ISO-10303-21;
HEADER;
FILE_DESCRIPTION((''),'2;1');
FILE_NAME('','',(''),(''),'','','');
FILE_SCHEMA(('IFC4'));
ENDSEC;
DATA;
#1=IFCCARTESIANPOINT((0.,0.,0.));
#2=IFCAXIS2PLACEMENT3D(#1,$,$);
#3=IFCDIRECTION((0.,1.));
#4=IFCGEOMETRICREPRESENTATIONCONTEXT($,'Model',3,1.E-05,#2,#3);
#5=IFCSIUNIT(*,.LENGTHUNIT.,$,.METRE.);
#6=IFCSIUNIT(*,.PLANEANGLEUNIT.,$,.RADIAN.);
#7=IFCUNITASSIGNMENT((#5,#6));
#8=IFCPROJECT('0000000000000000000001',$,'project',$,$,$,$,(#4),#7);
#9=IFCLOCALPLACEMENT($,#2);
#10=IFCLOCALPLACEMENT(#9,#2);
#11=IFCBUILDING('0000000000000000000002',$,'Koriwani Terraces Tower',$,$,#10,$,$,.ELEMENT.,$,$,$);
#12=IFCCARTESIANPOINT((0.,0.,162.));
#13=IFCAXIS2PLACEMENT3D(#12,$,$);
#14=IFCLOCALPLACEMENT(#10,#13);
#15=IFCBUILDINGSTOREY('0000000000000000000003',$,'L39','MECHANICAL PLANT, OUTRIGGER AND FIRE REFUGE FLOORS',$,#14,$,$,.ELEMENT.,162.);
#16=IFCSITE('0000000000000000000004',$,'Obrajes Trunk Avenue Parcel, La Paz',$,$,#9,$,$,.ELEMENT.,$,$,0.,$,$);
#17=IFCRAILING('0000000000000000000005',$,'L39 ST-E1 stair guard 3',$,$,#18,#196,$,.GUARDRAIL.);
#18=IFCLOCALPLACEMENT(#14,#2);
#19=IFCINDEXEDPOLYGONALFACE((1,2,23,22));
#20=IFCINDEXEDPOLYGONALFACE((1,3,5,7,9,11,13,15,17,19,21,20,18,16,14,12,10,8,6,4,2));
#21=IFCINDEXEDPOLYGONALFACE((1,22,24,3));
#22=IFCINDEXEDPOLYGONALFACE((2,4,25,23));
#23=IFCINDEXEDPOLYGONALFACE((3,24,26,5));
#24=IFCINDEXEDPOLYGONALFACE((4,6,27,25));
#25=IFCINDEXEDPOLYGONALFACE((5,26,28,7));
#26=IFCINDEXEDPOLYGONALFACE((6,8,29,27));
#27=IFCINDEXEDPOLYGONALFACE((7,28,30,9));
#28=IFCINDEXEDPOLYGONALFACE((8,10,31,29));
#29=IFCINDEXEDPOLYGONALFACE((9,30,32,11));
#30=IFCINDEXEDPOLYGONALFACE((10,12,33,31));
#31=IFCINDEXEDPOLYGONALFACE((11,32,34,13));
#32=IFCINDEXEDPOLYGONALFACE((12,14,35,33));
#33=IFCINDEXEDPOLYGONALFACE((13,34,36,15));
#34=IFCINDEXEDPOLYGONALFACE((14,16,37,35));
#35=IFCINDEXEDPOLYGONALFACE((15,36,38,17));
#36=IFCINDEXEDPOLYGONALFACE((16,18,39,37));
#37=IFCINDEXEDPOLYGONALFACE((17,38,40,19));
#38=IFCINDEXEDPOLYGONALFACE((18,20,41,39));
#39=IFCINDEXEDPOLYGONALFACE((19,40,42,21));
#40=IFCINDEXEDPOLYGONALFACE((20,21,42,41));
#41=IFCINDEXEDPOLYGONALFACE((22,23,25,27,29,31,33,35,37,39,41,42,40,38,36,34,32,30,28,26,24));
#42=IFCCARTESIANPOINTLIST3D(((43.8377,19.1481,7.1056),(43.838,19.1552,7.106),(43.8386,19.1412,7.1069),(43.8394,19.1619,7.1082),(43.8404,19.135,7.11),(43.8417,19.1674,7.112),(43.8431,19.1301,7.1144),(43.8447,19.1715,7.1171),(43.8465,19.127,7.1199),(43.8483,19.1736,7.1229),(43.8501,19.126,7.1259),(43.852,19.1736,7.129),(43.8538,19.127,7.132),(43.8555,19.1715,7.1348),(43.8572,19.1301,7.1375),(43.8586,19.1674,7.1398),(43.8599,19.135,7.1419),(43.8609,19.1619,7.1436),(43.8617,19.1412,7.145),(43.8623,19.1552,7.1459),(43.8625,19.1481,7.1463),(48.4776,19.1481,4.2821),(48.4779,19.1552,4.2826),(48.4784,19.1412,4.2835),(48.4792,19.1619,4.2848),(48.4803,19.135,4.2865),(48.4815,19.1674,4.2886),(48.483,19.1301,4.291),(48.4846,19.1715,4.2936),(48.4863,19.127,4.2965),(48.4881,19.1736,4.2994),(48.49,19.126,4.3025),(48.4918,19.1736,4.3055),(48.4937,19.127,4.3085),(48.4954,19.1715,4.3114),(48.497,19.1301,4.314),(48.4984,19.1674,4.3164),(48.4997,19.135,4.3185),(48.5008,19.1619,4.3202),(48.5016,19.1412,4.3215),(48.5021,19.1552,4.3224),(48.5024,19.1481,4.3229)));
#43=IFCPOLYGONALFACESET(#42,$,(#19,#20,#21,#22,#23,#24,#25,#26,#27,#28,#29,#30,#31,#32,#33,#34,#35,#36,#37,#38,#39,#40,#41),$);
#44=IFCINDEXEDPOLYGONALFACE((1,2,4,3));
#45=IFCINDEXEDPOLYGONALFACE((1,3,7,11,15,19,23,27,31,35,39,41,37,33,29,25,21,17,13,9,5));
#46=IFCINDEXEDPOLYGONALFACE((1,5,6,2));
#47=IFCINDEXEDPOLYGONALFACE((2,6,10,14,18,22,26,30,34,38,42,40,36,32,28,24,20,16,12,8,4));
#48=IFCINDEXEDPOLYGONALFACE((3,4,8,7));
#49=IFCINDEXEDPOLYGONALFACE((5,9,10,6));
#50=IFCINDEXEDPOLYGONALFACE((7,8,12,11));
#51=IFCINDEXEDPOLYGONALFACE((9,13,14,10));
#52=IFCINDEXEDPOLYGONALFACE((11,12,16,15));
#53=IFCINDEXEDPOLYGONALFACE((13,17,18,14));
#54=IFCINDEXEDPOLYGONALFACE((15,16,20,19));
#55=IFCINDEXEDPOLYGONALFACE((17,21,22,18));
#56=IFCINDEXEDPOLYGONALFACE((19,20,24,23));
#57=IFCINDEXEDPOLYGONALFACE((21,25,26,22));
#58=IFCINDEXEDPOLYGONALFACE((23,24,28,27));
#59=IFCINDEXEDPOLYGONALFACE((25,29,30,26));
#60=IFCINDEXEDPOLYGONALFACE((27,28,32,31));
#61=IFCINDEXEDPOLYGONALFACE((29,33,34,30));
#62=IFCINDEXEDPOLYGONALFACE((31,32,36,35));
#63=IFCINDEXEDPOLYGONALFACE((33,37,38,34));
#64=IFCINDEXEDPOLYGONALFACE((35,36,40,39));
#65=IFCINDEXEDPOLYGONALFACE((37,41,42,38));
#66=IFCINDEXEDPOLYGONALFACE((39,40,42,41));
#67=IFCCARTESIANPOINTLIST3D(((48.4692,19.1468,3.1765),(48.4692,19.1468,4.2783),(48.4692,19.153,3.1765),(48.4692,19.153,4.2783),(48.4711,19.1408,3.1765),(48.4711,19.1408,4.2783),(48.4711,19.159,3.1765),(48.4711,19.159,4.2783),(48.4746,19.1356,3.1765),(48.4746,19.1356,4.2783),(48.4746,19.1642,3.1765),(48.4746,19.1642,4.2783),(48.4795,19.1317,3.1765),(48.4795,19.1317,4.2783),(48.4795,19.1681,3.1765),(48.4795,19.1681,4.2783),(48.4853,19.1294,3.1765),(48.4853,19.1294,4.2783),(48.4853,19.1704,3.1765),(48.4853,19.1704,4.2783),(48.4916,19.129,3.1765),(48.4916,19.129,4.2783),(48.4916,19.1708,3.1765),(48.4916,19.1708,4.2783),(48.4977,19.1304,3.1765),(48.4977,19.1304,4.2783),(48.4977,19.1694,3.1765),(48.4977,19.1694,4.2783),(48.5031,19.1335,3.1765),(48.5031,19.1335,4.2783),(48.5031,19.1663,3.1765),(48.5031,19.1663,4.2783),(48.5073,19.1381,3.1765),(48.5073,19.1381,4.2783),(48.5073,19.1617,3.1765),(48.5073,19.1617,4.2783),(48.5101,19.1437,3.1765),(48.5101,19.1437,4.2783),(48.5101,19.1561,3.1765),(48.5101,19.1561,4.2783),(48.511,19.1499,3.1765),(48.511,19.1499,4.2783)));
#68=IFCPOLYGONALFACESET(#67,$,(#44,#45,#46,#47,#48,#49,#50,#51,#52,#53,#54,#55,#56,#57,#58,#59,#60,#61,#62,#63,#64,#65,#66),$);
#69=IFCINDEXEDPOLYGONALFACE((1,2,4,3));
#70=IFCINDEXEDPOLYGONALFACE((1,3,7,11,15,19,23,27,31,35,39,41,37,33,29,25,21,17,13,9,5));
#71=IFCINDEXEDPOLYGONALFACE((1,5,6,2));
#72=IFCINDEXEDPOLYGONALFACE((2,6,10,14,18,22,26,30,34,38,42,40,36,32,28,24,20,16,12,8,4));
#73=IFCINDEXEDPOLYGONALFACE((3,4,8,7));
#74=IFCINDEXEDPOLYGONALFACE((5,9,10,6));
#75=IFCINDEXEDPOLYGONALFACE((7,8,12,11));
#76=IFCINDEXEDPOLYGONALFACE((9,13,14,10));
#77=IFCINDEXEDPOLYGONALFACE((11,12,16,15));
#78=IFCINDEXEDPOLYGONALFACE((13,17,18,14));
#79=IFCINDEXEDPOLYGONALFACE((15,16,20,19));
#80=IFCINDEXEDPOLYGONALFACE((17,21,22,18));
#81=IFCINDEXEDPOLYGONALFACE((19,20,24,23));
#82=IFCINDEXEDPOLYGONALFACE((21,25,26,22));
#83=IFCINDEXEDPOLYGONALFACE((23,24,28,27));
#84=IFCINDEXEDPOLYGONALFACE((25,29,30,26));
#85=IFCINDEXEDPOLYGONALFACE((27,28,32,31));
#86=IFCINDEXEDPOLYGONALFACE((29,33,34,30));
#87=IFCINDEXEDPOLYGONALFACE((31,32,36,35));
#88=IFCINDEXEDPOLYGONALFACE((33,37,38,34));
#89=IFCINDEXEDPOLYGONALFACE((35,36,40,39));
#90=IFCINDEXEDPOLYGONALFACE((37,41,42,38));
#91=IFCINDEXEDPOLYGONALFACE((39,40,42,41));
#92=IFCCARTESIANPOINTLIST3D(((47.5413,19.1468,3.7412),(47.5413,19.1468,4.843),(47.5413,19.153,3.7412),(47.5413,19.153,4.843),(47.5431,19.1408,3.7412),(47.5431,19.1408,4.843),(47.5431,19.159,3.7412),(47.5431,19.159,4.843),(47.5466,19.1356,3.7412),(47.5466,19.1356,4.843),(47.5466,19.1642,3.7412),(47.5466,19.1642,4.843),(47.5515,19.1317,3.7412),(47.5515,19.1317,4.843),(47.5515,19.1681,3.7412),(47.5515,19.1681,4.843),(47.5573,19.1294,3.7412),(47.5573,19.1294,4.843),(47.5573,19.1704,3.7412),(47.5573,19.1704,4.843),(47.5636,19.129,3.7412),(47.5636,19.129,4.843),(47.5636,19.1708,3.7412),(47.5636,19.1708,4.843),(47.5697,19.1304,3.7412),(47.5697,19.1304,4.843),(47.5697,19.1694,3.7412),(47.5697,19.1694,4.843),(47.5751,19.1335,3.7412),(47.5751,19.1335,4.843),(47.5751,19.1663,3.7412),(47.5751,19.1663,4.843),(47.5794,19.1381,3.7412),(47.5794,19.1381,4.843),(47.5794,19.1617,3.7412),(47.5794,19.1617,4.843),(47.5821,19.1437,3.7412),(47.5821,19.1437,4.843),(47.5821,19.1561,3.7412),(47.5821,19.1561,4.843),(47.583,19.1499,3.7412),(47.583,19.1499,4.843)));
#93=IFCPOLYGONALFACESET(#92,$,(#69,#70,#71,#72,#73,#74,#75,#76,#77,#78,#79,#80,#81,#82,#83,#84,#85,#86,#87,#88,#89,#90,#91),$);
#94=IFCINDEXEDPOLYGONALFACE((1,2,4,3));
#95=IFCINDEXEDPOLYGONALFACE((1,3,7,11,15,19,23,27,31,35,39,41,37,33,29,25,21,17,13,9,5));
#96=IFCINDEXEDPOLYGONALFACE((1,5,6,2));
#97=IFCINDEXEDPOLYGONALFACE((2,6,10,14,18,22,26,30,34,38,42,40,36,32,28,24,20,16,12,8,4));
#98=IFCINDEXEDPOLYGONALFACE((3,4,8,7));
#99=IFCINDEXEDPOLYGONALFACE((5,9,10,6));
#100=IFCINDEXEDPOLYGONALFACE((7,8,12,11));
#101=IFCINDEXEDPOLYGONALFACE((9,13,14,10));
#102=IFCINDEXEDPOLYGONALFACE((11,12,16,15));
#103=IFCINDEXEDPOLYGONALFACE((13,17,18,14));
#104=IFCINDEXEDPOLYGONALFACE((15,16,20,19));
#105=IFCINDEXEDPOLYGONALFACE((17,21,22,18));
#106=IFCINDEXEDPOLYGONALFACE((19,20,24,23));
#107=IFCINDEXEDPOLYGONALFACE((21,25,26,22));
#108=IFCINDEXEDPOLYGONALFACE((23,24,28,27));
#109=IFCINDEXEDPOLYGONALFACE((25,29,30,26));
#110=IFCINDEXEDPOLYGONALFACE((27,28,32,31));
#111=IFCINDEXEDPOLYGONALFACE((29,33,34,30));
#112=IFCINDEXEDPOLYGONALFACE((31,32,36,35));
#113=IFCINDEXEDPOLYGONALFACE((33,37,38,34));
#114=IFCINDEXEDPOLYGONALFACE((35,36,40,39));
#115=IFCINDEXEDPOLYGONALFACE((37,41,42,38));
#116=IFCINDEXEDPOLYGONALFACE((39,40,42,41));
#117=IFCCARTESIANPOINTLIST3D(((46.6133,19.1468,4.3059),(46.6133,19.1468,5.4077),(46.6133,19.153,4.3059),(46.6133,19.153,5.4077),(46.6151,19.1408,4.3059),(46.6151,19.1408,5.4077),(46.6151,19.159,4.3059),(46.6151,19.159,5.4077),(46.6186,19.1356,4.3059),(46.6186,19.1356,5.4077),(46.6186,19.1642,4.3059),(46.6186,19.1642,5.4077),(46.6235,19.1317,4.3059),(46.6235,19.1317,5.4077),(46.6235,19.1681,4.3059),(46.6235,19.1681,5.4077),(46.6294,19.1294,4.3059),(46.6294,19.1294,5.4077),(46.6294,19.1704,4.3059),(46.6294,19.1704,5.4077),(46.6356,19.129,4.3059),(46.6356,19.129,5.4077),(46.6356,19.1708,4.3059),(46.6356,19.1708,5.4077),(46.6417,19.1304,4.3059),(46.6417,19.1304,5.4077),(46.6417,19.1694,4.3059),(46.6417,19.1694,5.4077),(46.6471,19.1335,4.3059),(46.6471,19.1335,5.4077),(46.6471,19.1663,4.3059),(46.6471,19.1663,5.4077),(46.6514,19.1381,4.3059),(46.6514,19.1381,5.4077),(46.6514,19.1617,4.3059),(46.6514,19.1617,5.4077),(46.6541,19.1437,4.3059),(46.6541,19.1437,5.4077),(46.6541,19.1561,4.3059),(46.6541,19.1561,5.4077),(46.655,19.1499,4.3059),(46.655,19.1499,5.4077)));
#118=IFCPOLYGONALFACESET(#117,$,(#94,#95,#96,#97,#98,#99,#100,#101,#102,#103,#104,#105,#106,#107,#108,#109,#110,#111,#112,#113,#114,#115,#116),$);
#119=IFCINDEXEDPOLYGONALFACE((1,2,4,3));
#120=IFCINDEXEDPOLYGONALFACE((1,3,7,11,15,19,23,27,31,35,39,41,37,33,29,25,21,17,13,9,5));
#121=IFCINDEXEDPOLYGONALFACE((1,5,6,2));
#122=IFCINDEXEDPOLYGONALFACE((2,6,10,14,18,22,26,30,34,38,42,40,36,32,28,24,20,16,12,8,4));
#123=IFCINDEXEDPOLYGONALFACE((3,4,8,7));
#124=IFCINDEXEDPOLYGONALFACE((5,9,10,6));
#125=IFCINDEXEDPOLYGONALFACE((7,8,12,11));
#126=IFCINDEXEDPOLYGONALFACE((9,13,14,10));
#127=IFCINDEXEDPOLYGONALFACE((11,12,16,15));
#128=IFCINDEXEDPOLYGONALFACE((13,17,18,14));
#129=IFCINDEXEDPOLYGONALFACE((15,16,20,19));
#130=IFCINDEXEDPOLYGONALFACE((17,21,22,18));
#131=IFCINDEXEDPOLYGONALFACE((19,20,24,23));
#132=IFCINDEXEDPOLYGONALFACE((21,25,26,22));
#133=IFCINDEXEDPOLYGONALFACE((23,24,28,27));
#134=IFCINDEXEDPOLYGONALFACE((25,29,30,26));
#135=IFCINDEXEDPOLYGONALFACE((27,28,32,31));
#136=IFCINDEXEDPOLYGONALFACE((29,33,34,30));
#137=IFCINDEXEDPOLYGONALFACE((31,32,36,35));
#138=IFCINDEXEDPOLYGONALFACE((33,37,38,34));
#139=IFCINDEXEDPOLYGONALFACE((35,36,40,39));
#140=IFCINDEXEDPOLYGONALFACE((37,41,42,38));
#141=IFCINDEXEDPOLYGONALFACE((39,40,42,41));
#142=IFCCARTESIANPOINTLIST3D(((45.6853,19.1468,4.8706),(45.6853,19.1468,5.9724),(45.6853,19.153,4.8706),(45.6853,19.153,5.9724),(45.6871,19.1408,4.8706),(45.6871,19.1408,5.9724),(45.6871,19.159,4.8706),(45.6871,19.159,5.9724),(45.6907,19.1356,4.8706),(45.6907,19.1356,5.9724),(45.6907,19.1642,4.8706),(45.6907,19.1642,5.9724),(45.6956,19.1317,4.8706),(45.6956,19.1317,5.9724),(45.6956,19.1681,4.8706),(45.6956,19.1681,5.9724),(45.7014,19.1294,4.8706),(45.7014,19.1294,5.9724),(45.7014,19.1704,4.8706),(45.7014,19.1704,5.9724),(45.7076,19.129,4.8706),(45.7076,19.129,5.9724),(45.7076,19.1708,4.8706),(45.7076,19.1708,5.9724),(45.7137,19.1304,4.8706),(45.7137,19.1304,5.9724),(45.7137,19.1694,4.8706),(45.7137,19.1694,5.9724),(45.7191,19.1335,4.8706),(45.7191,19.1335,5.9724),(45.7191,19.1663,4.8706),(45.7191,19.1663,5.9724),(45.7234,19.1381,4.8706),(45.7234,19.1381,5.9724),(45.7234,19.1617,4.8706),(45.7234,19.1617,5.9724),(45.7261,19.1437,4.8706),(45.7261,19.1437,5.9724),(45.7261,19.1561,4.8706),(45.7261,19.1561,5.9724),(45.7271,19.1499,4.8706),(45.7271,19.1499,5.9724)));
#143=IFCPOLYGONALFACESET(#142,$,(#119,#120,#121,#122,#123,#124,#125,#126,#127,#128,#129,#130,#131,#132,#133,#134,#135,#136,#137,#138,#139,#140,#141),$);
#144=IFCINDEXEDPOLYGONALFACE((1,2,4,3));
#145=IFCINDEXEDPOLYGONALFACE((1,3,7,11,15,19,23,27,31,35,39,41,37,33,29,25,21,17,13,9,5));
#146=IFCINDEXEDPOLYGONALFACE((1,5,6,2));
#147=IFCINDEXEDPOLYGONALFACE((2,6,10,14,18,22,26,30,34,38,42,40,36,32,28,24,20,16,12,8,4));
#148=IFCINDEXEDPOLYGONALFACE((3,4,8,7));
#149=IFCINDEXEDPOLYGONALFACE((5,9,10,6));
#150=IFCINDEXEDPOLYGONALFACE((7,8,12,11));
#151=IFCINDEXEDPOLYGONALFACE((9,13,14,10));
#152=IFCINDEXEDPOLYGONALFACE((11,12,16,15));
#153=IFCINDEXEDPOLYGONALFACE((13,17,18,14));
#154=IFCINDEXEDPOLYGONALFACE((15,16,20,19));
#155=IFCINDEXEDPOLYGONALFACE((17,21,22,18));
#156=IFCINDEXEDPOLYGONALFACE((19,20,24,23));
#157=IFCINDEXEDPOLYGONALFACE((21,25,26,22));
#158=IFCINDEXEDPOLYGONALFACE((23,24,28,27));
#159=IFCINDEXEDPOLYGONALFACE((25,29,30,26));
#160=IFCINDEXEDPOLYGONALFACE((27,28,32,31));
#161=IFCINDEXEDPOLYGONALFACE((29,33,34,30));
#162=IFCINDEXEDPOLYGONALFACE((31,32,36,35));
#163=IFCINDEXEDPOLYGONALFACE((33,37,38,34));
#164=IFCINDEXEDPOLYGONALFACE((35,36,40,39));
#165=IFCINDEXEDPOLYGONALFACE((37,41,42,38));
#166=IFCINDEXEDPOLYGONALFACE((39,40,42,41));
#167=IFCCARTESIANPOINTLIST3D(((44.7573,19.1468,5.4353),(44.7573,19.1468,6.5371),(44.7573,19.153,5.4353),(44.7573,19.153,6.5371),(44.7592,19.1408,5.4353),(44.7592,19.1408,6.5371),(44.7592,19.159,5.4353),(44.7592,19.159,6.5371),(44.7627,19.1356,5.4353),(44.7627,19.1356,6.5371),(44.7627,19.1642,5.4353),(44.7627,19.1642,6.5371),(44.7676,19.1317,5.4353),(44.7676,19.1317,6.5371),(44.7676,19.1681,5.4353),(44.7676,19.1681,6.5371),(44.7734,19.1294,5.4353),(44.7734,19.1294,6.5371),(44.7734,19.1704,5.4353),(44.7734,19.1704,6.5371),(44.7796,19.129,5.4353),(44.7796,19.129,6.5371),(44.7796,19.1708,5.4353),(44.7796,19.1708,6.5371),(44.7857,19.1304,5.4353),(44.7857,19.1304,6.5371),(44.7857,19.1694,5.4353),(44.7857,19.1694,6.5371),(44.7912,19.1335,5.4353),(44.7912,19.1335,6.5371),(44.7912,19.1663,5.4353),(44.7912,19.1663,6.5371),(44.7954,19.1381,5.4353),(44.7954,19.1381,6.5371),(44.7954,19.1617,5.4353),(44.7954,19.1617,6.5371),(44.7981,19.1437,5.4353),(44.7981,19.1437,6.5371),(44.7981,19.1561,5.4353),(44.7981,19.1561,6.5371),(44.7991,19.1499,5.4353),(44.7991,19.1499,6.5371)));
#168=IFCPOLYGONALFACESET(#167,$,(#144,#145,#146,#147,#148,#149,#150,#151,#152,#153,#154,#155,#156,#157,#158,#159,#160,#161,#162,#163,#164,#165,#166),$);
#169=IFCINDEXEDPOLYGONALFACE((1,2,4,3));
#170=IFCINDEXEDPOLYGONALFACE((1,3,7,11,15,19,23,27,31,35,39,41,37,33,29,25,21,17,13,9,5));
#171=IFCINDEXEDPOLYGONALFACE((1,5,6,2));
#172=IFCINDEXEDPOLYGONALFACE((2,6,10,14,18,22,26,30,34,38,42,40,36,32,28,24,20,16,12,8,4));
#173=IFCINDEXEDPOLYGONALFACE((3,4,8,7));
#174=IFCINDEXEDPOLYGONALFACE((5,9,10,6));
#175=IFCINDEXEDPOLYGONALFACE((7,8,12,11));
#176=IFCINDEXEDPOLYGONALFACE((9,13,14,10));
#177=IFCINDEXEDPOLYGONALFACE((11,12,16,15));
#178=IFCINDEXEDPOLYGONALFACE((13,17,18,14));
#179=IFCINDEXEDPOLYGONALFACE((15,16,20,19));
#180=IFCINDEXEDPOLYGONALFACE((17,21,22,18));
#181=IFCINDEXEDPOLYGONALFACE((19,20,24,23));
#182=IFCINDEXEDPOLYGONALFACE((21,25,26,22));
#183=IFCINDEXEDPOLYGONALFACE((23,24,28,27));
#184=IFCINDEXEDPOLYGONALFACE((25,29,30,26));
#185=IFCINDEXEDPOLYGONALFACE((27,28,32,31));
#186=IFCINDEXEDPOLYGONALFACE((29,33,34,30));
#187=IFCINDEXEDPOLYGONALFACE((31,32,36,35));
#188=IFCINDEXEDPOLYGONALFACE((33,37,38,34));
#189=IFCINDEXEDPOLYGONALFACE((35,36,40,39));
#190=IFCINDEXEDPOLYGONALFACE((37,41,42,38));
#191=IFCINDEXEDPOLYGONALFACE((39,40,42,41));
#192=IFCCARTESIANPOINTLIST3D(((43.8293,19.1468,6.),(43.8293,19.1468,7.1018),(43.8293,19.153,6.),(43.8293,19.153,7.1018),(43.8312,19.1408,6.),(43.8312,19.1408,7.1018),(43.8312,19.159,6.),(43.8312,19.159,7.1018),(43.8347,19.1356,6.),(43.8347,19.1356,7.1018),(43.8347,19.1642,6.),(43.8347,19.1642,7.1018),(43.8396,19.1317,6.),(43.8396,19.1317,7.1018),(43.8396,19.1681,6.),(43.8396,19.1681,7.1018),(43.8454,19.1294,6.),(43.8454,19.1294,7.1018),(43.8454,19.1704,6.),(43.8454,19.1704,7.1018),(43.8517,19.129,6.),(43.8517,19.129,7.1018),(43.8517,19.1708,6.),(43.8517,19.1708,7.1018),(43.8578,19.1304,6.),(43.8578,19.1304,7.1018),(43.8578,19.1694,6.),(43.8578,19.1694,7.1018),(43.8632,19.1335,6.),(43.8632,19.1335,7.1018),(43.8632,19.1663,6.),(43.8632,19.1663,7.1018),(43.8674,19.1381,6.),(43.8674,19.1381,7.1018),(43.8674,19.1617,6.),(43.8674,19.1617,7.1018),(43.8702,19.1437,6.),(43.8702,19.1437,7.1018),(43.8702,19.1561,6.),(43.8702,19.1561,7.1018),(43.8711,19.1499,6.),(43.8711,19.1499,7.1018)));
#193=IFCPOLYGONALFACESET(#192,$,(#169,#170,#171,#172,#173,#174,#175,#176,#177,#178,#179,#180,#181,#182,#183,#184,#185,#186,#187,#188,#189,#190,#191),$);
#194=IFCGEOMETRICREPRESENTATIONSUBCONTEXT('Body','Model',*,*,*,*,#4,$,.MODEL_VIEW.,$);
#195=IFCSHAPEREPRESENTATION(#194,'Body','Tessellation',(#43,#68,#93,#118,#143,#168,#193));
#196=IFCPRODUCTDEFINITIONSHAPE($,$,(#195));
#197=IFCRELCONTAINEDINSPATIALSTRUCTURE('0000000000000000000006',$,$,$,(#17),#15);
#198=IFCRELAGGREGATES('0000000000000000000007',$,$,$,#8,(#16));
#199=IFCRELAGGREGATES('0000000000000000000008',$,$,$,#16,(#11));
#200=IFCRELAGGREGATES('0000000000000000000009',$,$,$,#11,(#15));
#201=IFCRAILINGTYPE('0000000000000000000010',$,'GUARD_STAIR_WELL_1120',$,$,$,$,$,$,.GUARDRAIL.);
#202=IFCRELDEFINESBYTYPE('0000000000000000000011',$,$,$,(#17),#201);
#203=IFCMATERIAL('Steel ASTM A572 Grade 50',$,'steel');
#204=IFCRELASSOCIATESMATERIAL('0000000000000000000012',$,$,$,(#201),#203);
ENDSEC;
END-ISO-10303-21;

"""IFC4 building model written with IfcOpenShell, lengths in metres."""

from ifc_helpers import new_model, si_unit, direction, frame, origin, origin_2d, place, context, subcontext, project, spatial, circle, extrude, material, type_object, element, save


model = new_model("IFC4")

# Units and contexts
model_context = context("Model", 3, precision=1e-05, world=origin(), true_north=direction((0.0, 1.0)))
body_context = subcontext(model_context, "Body", "Model", "MODEL_VIEW")
ifc_project = project(units=[si_unit("LENGTHUNIT", "METRE"), si_unit("PLANEANGLEUNIT", "RADIAN")], contexts=[model_context])

# Site, building, storey
site_placement = place(None, origin())
site = spatial("IfcSite", under=ifc_project, at=site_placement, Name="Obrajes Trunk Avenue Parcel, La Paz", CompositionType="ELEMENT", RefElevation=0.0)
building_placement = place(site_placement, origin())
building = spatial("IfcBuilding", under=site, at=building_placement, Name="Koriwani Terraces Tower", CompositionType="ELEMENT")
storey_placement = place(building_placement, frame((0.0, 0.0, 162.0)))
storey = spatial("IfcBuildingStorey", under=building, at=storey_placement, Name="L39", Description="MECHANICAL PLANT, OUTRIGGER AND FIRE REFUGE FLOORS", CompositionType="ELEMENT", Elevation=162.0)

# Shared definitions
ifc_material_1 = material(Name="Steel ASTM A572 Grade 50", Category="steel")

# Railing
railing_type_1 = type_object("IfcRailingType", Name="GUARD_STAIR_WELL_1120", PredefinedType="GUARDRAIL", material=ifc_material_1)
railing_1_placement = place(storey_placement, frame((48.49, 19.1499, 3.1765)))
element("IfcRailing", 1, at=railing_1_placement, inside=storey, type_object=railing_type_1, Name="L39 ST-E1 stair guard 3", PredefinedType="GUARDRAIL", context=body_context, shape_type="SweptSolid", body=[
    extrude(circle(Radius=0.0239, at=origin_2d()), frame((0.0, 0.0, 1.126), z_axis=(-0.854264, 0.0, 0.51984), x_axis=(0.0, -1.0, 0.0)), (0.0, 0.0, 1.0), 5.4314),
    extrude(circle(Radius=0.021, at=origin_2d()), origin(), (0.0, 0.0, 1.0), 1.1018),
    extrude(circle(Radius=0.021, at=origin_2d()), frame((-0.928, 0.0, 0.5647)), (0.0, 0.0, 1.0), 1.1018),
    extrude(circle(Radius=0.021, at=origin_2d()), frame((-1.856, 0.0, 1.1294)), (0.0, 0.0, 1.0), 1.1018),
    extrude(circle(Radius=0.021, at=origin_2d()), frame((-2.7839, 0.0, 1.6941)), (0.0, 0.0, 1.0), 1.1018),
    extrude(circle(Radius=0.021, at=origin_2d()), frame((-3.7119, 0.0, 2.2588)), (0.0, 0.0, 1.0), 1.1018),
    extrude(circle(Radius=0.021, at=origin_2d()), frame((-4.6399, 0.0, 2.8235)), (0.0, 0.0, 1.0), 1.1018),
])

save(model, "model.ifc")
